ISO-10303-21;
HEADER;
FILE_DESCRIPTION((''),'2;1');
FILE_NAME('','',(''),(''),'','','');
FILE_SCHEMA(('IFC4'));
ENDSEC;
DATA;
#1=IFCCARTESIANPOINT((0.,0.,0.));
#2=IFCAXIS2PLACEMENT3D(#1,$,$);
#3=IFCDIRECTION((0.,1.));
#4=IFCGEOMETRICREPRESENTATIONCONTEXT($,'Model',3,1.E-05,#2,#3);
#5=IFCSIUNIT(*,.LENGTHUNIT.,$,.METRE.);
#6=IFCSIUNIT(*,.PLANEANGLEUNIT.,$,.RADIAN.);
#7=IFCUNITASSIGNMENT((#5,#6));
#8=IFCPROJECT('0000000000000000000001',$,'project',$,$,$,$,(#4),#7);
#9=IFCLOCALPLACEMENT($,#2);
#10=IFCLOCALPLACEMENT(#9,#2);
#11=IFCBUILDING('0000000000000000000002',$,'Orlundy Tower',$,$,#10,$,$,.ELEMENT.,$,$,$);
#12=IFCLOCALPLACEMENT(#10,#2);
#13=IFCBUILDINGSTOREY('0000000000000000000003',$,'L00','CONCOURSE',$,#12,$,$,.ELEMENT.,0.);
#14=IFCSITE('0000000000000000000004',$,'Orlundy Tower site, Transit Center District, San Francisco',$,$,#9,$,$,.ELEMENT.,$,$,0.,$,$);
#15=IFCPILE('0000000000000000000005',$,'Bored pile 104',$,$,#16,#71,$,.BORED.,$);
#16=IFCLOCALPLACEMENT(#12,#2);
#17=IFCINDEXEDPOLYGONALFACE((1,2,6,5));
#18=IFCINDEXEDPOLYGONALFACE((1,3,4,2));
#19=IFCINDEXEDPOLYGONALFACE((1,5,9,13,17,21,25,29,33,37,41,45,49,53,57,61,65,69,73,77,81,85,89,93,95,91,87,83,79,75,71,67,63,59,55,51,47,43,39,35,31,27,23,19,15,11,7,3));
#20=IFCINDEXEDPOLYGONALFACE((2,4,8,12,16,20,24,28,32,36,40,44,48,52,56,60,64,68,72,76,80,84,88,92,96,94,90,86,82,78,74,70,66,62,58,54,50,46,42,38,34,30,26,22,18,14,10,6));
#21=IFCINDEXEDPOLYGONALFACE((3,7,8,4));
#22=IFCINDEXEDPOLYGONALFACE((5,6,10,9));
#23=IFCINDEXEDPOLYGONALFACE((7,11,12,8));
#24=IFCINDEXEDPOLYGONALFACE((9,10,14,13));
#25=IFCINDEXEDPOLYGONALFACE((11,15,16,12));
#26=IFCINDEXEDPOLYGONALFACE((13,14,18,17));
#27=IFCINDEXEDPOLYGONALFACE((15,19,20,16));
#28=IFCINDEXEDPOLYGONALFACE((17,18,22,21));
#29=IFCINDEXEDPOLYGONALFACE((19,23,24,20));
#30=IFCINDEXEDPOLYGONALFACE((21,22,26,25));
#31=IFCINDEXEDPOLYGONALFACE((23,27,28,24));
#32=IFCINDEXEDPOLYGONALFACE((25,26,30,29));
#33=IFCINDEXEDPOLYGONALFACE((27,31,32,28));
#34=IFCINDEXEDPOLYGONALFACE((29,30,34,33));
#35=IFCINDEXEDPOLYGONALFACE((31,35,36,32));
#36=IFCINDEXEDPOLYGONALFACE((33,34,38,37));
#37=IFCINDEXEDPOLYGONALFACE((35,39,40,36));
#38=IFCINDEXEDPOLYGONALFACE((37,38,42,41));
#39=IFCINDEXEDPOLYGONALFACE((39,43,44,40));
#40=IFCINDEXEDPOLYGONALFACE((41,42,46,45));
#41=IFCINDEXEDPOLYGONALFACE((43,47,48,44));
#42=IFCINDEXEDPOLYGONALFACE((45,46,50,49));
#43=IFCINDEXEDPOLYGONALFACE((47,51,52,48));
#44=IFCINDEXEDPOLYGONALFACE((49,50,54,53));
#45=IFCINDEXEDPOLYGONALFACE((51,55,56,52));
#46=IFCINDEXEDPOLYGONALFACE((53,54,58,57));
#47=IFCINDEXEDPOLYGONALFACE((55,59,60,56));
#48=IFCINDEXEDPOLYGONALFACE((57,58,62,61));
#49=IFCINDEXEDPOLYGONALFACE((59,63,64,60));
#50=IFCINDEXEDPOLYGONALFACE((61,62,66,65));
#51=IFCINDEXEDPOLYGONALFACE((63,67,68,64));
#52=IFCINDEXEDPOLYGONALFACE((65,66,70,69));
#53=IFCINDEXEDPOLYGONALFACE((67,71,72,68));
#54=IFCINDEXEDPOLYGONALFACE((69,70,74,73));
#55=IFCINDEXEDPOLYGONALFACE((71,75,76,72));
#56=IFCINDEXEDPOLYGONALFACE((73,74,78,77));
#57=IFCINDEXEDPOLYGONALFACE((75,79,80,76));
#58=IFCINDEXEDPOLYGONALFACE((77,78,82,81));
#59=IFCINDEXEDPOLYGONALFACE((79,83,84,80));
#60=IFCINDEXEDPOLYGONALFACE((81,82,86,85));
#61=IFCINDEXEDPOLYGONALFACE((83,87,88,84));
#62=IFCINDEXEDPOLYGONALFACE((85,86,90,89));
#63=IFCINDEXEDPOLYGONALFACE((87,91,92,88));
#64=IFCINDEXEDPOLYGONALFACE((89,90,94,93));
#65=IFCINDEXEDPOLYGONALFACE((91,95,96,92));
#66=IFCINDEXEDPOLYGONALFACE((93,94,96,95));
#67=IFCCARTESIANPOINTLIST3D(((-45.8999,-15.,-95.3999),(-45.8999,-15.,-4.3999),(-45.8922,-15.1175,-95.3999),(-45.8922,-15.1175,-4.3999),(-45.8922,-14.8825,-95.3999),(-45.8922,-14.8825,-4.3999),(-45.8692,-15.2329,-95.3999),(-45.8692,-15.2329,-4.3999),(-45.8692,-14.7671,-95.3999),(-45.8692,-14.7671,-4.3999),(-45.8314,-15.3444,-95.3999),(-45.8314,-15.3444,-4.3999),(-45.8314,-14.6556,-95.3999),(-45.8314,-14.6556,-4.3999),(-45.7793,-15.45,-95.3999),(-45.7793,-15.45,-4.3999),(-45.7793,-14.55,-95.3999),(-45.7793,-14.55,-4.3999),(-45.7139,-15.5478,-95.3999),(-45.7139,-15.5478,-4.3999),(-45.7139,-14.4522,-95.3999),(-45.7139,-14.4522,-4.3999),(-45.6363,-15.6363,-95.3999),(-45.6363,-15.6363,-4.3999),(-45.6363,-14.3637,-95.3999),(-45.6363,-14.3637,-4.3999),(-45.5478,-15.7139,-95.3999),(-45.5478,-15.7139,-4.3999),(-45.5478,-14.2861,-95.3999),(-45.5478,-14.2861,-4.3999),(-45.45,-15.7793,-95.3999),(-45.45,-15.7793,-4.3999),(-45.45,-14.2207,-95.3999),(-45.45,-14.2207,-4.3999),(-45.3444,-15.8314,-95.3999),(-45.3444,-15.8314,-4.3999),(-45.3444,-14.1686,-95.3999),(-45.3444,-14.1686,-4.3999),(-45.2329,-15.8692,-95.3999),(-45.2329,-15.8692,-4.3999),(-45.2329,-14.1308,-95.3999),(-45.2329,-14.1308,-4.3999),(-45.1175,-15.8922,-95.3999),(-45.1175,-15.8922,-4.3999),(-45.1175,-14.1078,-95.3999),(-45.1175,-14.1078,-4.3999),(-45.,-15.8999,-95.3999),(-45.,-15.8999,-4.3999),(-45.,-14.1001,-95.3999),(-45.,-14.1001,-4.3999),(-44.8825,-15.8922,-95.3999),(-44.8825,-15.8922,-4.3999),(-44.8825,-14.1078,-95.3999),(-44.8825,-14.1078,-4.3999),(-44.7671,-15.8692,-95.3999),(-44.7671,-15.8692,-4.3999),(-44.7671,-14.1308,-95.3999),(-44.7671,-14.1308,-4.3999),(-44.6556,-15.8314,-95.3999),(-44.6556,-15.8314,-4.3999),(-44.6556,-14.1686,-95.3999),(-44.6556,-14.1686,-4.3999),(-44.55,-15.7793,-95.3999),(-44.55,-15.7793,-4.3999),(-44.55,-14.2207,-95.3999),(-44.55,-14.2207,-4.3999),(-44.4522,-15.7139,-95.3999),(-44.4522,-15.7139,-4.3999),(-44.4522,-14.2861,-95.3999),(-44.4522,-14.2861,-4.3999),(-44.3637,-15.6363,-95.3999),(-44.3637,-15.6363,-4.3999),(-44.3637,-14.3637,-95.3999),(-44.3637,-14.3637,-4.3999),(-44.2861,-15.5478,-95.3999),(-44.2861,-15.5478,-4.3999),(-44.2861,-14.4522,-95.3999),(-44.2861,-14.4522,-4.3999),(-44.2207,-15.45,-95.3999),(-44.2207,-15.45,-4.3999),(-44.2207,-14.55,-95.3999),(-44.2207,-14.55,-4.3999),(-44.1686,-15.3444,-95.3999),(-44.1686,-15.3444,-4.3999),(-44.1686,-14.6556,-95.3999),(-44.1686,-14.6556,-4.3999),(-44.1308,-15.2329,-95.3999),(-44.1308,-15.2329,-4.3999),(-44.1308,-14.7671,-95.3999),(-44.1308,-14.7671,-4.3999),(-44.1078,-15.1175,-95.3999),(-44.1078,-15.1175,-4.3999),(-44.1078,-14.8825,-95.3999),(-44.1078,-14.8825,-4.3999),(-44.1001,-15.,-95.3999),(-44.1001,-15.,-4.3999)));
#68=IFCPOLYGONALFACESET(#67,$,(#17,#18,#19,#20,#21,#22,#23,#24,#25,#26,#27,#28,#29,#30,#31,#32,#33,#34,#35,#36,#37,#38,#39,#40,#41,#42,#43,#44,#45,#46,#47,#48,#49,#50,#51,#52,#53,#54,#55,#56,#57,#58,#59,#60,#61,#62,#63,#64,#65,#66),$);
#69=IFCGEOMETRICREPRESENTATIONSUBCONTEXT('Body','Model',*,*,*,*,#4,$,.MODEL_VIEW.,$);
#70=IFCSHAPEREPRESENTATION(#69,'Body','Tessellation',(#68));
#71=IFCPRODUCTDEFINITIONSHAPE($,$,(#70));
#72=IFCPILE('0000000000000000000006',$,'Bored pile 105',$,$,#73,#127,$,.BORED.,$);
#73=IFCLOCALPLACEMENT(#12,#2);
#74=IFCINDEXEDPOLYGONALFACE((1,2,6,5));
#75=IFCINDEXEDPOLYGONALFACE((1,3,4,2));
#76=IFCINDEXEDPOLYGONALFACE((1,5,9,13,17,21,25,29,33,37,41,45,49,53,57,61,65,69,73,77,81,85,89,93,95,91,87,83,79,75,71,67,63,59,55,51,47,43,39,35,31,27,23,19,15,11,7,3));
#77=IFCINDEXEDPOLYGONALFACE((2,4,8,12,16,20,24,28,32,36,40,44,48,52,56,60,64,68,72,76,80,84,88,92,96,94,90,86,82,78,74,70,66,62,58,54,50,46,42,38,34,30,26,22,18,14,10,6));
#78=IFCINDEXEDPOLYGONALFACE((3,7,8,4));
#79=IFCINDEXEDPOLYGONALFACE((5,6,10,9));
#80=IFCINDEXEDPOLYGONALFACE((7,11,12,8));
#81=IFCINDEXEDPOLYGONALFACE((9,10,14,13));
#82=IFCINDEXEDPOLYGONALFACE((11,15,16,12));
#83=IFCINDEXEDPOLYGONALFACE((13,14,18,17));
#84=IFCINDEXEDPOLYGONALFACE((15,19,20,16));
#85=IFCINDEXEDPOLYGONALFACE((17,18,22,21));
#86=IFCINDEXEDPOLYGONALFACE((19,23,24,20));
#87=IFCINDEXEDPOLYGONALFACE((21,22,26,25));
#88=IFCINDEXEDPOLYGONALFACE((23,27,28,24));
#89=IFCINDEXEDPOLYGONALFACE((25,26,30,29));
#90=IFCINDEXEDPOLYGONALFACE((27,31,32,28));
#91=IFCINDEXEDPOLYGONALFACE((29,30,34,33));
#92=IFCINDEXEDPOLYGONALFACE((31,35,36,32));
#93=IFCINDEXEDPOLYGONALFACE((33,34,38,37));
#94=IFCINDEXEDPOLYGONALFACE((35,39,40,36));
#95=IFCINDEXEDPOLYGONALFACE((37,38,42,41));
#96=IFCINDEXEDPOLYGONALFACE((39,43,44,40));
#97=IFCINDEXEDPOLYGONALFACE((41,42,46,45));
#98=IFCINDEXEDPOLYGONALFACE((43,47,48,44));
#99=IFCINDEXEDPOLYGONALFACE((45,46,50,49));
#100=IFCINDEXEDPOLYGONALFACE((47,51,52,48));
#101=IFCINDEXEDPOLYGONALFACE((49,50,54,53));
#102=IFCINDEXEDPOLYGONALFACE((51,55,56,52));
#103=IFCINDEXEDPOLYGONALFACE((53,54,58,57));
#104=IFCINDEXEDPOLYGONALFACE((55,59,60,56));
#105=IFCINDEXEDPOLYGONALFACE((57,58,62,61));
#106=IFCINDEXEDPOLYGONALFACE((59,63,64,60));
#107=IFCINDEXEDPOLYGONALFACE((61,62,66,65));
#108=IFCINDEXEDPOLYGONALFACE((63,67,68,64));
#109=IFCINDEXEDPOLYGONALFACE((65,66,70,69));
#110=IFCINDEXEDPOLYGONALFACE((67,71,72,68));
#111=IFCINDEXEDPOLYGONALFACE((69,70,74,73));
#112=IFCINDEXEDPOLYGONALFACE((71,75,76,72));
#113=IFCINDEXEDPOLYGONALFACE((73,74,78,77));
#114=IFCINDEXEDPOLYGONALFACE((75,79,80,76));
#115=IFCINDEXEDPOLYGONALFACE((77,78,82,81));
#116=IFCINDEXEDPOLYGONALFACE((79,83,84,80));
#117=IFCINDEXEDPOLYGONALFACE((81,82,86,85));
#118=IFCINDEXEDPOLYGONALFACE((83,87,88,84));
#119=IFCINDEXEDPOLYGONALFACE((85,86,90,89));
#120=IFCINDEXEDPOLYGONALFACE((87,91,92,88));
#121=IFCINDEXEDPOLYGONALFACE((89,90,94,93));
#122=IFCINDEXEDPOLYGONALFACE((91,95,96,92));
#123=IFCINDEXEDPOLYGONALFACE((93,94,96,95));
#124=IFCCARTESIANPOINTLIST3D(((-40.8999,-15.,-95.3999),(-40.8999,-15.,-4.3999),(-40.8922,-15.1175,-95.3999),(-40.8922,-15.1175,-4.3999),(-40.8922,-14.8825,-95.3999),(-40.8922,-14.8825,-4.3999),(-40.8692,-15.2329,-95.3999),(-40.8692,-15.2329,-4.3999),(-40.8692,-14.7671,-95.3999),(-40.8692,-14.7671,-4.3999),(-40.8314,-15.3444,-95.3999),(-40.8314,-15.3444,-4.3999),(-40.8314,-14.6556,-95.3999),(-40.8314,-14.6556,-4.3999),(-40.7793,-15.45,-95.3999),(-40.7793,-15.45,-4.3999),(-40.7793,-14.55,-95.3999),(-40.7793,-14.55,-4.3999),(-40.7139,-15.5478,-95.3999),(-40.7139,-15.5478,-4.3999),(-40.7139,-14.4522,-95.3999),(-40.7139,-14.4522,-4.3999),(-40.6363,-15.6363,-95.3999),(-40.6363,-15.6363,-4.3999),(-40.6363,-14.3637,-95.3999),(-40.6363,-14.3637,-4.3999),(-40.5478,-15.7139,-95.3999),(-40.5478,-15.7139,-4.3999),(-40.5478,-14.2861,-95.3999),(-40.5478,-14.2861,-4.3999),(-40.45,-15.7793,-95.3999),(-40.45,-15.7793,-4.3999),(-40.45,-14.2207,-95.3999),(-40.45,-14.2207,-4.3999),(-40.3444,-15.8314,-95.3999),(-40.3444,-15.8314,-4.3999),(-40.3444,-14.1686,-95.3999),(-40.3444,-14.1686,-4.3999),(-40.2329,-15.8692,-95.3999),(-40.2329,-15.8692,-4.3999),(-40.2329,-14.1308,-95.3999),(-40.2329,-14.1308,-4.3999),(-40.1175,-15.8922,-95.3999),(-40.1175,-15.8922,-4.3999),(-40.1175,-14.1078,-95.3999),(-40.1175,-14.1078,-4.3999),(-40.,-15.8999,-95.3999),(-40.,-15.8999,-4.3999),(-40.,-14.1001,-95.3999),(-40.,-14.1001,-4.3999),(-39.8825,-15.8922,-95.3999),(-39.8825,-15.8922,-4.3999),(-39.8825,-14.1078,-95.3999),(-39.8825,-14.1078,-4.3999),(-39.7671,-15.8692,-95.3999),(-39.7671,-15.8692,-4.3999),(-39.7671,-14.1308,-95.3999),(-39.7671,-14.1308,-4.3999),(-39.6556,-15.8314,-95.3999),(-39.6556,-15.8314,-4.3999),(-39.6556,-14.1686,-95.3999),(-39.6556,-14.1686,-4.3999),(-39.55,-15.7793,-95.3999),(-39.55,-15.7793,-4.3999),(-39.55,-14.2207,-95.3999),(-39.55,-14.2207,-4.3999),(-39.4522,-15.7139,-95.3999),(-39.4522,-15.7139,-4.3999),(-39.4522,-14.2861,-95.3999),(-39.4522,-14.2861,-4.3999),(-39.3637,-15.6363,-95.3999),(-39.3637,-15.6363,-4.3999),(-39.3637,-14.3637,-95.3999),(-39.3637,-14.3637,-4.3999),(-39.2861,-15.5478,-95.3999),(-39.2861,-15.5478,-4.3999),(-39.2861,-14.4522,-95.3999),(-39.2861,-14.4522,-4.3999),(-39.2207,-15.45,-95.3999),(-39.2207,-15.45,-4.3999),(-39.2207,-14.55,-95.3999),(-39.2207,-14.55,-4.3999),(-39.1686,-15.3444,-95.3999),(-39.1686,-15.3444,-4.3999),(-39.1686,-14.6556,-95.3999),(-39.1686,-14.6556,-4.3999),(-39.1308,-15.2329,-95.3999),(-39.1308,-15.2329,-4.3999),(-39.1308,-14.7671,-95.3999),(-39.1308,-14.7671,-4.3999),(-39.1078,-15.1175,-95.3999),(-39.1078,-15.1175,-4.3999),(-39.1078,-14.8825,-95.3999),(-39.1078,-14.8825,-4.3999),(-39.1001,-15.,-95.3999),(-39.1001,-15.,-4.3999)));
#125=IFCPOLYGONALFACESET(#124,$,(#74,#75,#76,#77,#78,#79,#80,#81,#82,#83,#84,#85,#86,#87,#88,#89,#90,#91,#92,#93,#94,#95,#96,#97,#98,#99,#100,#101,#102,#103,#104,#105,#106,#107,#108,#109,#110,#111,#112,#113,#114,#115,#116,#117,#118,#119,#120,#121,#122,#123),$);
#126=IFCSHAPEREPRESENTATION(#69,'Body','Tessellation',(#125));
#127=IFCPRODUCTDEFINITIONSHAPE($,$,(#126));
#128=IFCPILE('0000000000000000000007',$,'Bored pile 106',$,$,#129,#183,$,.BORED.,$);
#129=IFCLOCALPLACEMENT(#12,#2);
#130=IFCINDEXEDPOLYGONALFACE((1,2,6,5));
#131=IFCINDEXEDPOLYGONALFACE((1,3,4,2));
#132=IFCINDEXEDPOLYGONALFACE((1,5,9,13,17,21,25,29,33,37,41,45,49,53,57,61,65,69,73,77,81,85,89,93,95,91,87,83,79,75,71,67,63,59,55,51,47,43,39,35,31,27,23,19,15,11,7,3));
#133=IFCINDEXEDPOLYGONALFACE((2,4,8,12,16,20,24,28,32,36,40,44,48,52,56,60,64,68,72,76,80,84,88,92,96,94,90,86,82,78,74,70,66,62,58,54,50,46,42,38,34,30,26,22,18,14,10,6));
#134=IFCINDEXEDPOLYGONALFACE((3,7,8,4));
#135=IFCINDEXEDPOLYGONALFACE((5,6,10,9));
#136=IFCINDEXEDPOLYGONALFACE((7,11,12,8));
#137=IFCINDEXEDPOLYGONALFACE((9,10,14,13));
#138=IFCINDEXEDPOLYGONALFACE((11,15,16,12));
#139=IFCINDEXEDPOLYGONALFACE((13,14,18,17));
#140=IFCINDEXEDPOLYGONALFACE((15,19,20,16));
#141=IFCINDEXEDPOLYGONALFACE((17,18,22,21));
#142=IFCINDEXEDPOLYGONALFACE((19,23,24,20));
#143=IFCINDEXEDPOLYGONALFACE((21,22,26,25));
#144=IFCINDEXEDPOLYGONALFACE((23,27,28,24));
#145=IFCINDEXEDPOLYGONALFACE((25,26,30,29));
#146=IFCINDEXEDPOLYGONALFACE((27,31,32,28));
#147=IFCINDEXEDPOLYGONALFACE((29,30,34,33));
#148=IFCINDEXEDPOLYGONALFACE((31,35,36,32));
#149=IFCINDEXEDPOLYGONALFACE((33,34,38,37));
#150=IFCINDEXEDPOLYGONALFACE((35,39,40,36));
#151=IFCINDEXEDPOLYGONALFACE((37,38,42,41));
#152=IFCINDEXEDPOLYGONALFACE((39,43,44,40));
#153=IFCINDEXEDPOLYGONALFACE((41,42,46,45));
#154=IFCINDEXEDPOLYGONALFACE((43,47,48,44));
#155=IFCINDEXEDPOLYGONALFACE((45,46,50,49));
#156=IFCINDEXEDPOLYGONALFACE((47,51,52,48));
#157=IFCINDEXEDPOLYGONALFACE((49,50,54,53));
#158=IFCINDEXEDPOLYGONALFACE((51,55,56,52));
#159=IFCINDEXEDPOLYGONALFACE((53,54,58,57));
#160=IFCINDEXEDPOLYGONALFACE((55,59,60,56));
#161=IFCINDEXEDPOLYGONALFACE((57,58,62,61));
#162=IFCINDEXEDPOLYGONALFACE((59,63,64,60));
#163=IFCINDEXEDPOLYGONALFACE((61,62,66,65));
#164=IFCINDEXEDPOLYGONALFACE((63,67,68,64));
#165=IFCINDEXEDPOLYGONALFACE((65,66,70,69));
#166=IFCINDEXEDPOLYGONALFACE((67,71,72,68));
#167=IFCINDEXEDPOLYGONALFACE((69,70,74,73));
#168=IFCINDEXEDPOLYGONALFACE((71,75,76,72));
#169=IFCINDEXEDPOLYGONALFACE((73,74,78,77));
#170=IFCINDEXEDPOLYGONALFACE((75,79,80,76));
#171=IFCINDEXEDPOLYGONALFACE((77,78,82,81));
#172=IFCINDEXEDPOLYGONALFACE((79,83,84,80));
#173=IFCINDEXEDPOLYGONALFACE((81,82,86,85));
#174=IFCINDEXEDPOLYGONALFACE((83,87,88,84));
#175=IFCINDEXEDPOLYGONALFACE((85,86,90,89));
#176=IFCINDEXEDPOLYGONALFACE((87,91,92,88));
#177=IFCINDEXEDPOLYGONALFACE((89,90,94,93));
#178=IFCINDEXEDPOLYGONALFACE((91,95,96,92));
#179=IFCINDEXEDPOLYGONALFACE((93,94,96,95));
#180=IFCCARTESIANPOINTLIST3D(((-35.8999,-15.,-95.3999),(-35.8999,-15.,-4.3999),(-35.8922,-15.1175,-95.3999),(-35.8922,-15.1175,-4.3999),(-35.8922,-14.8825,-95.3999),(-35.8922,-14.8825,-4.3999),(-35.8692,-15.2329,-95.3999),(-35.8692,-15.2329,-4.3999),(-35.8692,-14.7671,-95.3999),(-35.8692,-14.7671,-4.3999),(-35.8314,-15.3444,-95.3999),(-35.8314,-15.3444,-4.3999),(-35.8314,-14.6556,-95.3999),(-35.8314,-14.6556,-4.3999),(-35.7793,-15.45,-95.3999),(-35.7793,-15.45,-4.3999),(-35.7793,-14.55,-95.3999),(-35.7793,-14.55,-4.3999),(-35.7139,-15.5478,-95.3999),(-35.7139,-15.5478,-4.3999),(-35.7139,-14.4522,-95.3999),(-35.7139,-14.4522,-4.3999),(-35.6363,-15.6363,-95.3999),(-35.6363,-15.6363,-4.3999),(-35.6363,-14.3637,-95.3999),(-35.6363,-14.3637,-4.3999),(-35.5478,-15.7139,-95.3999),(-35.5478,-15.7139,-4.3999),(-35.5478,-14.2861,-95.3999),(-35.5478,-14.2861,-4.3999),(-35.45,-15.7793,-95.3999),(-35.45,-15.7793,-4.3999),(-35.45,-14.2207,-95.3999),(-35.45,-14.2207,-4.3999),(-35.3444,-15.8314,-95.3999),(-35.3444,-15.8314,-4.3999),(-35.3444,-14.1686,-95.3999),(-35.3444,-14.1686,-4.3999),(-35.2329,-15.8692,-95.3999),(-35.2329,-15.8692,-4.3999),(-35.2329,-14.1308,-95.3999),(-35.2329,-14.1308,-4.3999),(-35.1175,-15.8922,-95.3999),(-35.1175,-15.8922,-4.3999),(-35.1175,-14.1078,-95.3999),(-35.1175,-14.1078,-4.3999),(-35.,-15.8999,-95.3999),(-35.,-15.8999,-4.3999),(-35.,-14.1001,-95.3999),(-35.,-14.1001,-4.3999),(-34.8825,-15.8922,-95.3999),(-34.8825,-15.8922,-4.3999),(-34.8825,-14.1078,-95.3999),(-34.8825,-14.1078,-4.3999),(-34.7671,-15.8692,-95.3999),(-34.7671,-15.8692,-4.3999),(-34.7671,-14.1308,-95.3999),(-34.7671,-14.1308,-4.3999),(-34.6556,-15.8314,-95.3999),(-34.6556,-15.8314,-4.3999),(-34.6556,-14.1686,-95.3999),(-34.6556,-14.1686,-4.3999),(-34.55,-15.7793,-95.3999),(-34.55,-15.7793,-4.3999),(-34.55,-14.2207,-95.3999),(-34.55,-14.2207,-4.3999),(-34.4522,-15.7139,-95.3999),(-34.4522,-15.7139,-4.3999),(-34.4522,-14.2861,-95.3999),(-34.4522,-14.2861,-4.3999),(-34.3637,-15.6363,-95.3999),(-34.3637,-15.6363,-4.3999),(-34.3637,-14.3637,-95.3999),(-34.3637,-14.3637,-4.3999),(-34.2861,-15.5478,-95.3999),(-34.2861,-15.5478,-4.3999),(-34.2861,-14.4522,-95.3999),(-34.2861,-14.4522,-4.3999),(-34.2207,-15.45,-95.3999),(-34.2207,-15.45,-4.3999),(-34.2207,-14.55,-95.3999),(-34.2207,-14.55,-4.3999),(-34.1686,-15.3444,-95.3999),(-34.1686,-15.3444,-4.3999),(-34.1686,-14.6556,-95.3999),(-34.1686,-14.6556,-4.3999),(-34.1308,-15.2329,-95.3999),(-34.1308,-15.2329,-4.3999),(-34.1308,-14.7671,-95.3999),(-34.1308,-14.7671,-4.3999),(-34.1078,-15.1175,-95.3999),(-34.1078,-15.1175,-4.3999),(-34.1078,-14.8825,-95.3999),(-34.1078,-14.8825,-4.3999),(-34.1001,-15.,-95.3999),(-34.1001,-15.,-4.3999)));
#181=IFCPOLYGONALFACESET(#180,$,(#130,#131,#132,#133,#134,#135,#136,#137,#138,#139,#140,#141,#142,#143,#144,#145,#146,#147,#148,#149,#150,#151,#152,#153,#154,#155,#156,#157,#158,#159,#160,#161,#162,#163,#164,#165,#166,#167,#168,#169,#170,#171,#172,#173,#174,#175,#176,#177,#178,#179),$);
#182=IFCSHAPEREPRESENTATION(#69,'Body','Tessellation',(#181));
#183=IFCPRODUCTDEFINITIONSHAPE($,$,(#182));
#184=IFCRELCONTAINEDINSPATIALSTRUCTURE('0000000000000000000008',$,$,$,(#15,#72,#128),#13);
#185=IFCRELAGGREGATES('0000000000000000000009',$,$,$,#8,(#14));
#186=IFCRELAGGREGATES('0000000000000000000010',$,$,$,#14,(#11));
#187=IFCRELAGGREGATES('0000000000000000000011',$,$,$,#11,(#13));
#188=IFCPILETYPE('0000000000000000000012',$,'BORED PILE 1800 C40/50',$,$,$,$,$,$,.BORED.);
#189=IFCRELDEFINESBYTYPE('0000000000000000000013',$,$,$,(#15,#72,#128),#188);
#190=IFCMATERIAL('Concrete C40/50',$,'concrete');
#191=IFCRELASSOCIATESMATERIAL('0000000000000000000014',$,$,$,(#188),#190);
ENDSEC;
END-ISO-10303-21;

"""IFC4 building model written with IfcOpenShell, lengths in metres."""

from ifc_helpers import new_model, si_unit, direction, frame, origin, origin_2d, place, context, subcontext, project, spatial, circle, extrude, material, material_profile, profile_set, type_object, element, save


model = new_model("IFC4")

# Units and contexts
model_context = context("Model", 3, precision=1e-05, world=origin(), true_north=direction((0.0, 1.0)))
body_context = subcontext(model_context, "Body", "Model", "MODEL_VIEW")
ifc_project = project(units=[si_unit("LENGTHUNIT", "METRE"), si_unit("PLANEANGLEUNIT", "RADIAN")], contexts=[model_context])

# Site, building, storey
site_placement = place(None, origin())
site = spatial("IfcSite", under=ifc_project, at=site_placement, Name="Orlundy Tower site, Transit Center District, San Francisco", CompositionType="ELEMENT", RefElevation=0.0)
building_placement = place(site_placement, origin())
building = spatial("IfcBuilding", under=site, at=building_placement, Name="Orlundy Tower", CompositionType="ELEMENT")
storey_placement = place(building_placement, origin())
storey = spatial("IfcBuildingStorey", under=building, at=storey_placement, Name="L00", Description="CONCOURSE", CompositionType="ELEMENT", Elevation=0.0)

# Piles
ifc_material_1 = material(Name="Concrete C40/50", Category="concrete")
ifc_material_profile_1 = material_profile(ifc_material_1, circle(Radius=0.8999, at=origin_2d()), Name="BP1800")
ifc_profile_set_1 = profile_set([ifc_material_profile_1], Name="Concrete C40/50")
pile_type = type_object("IfcPileType", Name="BORED PILE 1800 C40/50", PredefinedType="BORED", material=ifc_profile_set_1)
for number, where, z_axis, x_axis, name in (
    (1, (-45.0, -15.0, -4.3999), (0.0, 0.0, -1.0), (1.0, 0.0, 0.0), "Bored pile 104"),
    (2, (-40.0, -15.0, -4.3999), (0.0, 0.0, -1.0), (1.0, 0.0, 0.0), "Bored pile 105"),
    (3, (-35.0, -15.0, -4.3999), (0.0, 0.0, -1.0), (1.0, 0.0, 0.0), "Bored pile 106"),
):
    element("IfcPile", number, at=place(storey_placement, frame(where, z_axis=z_axis, x_axis=x_axis)), inside=storey, type_object=pile_type, Name=name, PredefinedType="BORED", context=body_context, shape_type="SweptSolid", body=[
        extrude(circle(Radius=0.8999, at=origin_2d()), origin(), (0.0, 0.0, 1.0), 91.0),
    ])

save(model, "model.ifc")
